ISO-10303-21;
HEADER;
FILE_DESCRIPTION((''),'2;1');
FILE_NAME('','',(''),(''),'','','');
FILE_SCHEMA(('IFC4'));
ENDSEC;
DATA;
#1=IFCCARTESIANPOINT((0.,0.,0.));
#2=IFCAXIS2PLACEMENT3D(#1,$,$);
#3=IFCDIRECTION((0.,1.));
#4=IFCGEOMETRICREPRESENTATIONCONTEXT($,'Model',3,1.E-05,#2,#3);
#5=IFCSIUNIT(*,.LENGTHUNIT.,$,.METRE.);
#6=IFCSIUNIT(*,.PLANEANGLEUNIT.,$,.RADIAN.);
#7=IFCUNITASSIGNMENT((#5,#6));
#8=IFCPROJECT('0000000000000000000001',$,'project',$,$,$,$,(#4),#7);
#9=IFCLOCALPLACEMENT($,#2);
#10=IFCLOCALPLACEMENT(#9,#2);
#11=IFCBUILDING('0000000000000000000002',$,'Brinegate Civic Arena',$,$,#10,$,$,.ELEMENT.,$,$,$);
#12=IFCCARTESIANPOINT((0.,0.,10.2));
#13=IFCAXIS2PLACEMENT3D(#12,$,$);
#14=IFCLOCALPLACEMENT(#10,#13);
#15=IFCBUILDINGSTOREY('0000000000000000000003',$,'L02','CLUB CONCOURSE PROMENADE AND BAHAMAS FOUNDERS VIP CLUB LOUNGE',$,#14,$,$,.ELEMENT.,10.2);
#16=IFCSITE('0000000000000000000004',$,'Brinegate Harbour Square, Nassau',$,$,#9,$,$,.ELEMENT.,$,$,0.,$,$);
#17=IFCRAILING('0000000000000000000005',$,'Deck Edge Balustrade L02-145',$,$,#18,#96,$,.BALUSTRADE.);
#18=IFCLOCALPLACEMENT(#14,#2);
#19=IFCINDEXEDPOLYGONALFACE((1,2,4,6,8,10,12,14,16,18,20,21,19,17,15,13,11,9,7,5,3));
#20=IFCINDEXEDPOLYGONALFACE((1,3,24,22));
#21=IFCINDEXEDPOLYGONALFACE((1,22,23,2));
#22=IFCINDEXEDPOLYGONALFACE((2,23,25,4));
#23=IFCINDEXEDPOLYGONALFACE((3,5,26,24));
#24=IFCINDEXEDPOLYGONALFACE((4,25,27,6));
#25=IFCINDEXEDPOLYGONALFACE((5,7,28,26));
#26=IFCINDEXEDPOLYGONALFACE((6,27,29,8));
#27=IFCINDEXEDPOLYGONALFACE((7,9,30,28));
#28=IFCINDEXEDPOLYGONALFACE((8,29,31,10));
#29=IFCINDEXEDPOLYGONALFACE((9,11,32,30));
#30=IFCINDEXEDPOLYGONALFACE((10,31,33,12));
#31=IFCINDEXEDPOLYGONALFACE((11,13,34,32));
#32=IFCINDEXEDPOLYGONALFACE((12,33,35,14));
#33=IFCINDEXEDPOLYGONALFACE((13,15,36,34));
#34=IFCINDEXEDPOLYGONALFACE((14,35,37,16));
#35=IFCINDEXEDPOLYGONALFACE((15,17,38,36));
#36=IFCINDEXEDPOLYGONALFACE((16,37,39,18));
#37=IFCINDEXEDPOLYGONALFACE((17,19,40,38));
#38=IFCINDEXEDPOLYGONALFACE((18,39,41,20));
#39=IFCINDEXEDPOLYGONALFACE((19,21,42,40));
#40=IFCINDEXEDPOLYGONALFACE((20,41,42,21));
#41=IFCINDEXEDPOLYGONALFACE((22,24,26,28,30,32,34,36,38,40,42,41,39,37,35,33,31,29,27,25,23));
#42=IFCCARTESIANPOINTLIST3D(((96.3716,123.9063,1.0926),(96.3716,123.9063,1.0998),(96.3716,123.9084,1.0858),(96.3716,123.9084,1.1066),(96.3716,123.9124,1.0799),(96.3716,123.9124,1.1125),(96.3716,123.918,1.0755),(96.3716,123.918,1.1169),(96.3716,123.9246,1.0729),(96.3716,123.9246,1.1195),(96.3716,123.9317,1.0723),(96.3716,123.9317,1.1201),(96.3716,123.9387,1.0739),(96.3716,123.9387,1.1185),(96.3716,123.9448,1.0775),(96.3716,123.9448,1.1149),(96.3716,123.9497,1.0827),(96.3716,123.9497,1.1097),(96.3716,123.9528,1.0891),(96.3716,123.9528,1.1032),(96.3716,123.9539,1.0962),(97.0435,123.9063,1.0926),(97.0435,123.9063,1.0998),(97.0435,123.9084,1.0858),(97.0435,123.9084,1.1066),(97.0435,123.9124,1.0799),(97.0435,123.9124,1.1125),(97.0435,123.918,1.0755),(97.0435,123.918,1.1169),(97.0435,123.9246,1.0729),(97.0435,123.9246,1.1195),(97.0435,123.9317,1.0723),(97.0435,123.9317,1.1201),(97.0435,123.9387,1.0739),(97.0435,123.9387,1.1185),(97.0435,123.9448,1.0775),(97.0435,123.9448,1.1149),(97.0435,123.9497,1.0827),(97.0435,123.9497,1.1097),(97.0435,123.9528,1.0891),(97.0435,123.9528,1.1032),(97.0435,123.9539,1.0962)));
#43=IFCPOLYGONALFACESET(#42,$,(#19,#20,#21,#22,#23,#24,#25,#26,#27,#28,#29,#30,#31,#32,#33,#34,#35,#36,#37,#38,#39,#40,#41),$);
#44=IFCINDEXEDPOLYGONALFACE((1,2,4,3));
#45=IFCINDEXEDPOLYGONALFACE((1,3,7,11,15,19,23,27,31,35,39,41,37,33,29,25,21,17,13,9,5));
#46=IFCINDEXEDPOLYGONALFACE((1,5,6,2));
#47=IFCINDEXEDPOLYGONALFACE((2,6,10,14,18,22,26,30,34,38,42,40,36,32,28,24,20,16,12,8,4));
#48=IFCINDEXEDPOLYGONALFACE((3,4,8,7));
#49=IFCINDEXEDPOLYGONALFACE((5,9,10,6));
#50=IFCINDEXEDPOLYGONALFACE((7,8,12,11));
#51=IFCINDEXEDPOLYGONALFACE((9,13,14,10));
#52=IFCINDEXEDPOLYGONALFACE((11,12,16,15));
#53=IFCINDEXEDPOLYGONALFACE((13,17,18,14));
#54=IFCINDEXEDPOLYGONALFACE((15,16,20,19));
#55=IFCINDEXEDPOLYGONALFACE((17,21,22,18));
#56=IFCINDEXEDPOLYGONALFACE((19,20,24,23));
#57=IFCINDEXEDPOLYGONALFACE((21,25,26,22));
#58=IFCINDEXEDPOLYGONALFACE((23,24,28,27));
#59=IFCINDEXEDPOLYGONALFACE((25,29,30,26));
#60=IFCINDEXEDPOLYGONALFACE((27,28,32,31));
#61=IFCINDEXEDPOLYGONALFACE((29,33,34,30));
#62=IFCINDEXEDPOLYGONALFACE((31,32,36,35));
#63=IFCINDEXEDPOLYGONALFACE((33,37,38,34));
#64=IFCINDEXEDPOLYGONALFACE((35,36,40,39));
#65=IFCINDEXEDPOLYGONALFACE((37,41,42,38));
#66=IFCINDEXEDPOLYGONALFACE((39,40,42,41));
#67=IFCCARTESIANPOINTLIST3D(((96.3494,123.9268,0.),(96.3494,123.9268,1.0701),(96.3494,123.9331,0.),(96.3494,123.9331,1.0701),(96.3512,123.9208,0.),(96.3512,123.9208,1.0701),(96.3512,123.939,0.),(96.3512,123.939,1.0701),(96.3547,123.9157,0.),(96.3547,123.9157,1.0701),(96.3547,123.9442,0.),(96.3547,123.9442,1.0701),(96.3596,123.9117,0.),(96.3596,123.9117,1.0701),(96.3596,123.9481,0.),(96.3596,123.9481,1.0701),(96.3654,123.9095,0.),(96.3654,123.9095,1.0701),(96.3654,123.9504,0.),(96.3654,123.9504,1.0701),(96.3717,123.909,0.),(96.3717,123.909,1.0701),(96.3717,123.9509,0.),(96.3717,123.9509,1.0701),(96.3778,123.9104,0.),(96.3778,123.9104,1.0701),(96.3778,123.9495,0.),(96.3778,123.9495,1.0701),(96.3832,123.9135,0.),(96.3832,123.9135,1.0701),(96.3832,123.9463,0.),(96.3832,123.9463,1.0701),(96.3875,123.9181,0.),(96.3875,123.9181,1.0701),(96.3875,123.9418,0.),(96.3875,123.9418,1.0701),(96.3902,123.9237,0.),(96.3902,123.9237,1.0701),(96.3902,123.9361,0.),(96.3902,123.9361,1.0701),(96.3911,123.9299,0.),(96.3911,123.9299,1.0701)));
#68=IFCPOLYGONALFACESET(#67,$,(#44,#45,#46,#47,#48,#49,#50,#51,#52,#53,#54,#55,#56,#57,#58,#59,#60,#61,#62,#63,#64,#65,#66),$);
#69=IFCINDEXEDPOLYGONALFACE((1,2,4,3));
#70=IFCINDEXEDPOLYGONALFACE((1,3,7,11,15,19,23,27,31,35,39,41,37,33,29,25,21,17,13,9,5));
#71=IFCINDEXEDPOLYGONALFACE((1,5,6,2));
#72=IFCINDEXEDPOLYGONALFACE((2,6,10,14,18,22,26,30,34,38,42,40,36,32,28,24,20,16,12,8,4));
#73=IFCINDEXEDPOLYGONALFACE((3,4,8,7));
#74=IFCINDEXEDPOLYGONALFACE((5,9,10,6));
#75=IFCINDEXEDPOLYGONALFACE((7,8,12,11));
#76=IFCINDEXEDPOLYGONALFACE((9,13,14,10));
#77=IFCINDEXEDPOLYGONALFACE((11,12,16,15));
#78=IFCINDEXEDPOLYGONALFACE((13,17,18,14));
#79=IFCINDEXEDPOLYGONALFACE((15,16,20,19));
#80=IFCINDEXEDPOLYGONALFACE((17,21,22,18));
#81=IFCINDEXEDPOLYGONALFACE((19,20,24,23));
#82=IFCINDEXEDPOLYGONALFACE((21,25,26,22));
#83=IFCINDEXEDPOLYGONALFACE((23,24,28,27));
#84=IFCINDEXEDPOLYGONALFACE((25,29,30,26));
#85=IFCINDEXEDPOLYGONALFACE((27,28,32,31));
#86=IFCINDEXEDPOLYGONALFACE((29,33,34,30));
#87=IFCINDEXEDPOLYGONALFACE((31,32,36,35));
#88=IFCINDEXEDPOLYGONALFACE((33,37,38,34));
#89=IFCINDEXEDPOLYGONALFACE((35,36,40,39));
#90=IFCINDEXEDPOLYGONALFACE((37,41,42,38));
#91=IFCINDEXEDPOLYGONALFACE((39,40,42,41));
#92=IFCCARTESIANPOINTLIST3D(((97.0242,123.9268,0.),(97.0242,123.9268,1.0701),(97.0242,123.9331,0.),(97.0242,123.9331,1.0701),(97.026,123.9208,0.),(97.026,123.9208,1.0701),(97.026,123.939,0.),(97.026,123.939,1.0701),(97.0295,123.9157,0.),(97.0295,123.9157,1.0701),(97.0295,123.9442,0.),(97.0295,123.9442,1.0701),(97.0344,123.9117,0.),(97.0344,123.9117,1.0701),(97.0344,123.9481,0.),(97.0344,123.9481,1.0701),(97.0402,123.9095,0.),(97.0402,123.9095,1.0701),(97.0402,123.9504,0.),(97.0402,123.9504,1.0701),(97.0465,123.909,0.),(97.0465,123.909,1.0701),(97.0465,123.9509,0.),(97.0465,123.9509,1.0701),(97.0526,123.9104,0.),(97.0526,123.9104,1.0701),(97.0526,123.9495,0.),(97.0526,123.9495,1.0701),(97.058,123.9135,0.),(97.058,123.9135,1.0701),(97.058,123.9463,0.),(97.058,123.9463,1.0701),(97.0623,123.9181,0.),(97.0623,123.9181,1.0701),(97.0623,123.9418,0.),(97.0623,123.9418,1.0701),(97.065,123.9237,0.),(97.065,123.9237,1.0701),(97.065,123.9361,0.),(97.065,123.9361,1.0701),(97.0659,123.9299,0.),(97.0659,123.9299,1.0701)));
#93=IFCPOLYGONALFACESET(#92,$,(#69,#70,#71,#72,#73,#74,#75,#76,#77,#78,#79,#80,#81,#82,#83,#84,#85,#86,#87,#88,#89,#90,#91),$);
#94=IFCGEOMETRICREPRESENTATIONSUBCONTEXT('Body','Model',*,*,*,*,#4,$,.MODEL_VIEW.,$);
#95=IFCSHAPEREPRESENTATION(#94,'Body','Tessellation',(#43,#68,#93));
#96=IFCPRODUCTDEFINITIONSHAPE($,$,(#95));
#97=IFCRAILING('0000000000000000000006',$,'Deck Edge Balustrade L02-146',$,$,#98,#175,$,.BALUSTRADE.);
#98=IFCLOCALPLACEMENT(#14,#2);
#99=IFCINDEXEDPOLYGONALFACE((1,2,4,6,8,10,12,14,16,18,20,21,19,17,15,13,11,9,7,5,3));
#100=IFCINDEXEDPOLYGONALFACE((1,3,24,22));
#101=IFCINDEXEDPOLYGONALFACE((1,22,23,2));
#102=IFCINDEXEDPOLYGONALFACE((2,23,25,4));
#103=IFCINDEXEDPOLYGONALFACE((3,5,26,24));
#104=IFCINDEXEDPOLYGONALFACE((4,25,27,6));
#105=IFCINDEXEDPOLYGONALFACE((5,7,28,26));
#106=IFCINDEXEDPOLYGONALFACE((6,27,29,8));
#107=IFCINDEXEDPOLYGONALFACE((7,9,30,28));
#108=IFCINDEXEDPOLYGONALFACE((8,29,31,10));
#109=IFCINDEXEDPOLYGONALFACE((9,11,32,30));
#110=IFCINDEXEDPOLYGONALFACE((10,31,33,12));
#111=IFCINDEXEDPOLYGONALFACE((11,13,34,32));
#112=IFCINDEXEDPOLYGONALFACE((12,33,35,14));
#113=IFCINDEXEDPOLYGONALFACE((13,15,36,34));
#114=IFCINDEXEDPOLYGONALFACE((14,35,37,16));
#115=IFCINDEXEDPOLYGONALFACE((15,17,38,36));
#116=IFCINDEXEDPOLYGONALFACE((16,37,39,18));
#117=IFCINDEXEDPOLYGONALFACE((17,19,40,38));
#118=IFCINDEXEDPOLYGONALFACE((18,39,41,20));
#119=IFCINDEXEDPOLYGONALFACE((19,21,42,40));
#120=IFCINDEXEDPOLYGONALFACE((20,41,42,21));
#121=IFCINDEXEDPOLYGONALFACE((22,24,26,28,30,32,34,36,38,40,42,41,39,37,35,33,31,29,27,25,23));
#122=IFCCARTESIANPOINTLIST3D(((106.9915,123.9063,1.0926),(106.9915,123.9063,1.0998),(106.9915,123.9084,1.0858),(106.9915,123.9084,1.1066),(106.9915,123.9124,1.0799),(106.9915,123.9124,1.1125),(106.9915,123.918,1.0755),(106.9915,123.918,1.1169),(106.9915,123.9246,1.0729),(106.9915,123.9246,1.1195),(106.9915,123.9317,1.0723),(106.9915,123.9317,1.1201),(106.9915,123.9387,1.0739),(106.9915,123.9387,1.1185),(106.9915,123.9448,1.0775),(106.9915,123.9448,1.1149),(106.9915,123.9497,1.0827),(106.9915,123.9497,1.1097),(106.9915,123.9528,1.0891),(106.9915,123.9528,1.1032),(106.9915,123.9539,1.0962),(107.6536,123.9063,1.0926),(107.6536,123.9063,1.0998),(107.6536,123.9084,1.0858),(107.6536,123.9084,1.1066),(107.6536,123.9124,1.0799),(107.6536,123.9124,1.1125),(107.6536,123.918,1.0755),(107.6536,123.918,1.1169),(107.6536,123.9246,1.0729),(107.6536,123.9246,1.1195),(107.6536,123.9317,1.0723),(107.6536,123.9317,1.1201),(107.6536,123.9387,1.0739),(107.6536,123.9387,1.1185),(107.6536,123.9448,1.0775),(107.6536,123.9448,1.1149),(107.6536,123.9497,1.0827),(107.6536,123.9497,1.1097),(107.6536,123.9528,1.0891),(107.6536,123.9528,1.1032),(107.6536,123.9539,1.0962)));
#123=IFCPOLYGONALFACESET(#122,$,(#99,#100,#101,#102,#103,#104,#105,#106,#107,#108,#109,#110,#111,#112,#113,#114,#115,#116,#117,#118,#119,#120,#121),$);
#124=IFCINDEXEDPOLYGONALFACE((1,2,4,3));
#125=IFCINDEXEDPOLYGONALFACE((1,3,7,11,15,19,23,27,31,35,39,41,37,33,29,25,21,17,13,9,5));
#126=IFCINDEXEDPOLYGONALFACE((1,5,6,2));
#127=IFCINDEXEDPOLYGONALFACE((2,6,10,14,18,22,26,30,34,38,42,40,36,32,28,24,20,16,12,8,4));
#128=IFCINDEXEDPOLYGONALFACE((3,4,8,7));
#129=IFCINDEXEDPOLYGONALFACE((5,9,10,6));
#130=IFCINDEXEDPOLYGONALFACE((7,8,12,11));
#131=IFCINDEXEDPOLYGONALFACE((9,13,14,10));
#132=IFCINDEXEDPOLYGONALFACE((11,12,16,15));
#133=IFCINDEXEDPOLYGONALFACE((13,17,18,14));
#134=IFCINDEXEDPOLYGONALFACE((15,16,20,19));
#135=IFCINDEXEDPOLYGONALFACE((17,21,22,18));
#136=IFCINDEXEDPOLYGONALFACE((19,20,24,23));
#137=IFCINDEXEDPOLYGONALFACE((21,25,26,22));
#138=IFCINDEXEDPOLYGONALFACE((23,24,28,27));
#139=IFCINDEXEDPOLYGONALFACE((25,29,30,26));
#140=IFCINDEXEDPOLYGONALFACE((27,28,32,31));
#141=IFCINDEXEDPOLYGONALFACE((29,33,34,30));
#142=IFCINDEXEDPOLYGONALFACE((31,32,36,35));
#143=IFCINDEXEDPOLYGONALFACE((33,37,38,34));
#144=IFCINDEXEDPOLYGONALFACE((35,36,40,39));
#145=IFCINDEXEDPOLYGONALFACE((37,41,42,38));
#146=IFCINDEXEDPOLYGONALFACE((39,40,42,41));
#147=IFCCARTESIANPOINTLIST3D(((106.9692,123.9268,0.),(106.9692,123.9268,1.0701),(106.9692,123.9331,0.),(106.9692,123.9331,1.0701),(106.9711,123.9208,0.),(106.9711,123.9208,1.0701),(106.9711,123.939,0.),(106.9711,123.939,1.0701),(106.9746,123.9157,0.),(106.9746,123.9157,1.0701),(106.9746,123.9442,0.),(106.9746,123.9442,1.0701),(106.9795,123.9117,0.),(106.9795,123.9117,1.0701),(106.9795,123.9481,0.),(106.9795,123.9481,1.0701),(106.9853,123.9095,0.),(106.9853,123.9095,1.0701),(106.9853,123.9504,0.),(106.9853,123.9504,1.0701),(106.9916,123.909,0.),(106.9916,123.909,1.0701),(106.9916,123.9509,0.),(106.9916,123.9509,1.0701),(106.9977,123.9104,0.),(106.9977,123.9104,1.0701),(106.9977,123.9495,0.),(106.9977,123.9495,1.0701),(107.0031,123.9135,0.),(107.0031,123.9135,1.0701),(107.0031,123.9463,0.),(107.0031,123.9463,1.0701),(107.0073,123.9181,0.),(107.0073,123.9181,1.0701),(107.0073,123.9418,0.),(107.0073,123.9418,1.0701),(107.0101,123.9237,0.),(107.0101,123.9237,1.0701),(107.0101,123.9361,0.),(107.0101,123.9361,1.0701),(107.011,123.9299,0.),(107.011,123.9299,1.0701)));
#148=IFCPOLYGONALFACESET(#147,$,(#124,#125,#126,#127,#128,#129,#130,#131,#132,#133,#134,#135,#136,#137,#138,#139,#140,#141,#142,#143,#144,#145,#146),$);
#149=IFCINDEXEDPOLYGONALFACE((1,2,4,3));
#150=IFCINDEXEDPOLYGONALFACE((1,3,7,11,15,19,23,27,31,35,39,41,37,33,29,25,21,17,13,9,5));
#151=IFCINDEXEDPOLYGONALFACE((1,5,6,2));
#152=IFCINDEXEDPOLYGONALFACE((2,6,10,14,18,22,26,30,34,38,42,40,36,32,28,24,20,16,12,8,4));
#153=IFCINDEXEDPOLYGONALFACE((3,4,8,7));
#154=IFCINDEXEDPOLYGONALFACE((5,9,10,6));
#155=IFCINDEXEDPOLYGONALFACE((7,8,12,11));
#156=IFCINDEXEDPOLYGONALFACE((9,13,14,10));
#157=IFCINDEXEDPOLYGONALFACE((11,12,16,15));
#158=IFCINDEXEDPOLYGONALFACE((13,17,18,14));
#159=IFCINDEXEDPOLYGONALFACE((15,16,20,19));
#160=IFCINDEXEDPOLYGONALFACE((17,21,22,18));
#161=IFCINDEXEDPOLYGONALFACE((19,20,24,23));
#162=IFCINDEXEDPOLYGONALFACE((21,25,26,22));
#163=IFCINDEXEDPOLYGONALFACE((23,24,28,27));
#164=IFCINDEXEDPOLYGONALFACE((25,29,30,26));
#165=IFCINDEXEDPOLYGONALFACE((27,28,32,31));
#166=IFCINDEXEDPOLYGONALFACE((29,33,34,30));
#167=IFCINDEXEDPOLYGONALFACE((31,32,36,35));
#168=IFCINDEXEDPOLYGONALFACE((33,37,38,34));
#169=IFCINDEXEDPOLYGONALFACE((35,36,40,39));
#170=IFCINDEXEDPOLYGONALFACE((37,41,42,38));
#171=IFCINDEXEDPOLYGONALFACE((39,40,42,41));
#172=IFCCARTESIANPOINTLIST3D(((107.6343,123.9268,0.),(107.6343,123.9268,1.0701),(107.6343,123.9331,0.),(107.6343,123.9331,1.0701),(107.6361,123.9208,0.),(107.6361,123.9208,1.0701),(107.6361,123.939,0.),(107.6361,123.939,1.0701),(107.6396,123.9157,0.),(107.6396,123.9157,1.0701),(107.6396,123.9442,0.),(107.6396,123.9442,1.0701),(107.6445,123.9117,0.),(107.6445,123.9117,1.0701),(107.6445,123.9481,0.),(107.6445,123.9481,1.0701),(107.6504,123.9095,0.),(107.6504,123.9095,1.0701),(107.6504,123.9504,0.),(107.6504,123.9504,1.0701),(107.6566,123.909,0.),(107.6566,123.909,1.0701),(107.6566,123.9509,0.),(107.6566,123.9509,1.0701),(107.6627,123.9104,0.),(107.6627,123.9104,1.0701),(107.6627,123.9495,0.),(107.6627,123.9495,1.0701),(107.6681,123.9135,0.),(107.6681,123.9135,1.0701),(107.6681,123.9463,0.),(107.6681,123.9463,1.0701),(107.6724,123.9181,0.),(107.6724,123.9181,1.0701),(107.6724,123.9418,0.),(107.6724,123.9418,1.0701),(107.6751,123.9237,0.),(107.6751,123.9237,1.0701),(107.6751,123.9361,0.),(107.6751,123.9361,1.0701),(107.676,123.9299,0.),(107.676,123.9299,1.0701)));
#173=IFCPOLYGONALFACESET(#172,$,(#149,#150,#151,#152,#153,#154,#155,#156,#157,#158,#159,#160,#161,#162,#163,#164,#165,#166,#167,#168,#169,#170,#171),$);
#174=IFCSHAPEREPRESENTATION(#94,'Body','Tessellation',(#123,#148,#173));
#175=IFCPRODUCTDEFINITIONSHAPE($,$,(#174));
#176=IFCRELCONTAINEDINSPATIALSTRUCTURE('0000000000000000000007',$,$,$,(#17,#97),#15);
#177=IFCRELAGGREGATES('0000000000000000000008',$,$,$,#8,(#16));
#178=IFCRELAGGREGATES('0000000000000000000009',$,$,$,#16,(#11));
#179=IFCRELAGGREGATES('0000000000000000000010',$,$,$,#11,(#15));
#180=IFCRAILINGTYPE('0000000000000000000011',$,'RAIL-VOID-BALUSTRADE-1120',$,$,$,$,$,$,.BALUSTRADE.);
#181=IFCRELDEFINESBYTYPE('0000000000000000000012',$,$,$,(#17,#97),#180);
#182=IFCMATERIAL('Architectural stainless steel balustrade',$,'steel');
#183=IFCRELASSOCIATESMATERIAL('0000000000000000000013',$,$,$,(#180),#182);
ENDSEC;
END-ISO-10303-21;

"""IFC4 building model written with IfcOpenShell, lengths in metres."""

from ifc_helpers import new_model, si_unit, direction, frame, origin, origin_2d, place, context, subcontext, project, spatial, circle, extrude, material, type_object, element, save


model = new_model("IFC4")

# Units and contexts
model_context = context("Model", 3, precision=1e-05, world=origin(), true_north=direction((0.0, 1.0)))
body_context = subcontext(model_context, "Body", "Model", "MODEL_VIEW")
ifc_project = project(units=[si_unit("LENGTHUNIT", "METRE"), si_unit("PLANEANGLEUNIT", "RADIAN")], contexts=[model_context])

# Site, building, storey
site_placement = place(None, origin())
site = spatial("IfcSite", under=ifc_project, at=site_placement, Name="Brinegate Harbour Square, Nassau", CompositionType="ELEMENT", RefElevation=0.0)
building_placement = place(site_placement, origin())
building = spatial("IfcBuilding", under=site, at=building_placement, Name="Brinegate Civic Arena", CompositionType="ELEMENT")
storey_placement = place(building_placement, frame((0.0, 0.0, 10.2)))
storey = spatial("IfcBuildingStorey", under=building, at=storey_placement, Name="L02", Description="CLUB CONCOURSE PROMENADE AND BAHAMAS FOUNDERS VIP CLUB LOUNGE", CompositionType="ELEMENT", Elevation=10.2)

# Railings
ifc_material_1 = material(Name="Architectural stainless steel balustrade", Category="steel")
railing_type = type_object("IfcRailingType", Name="RAIL-VOID-BALUSTRADE-1120", PredefinedType="BALUSTRADE", material=ifc_material_1)
for number, where, name in (
    (1, (96.3701, 123.9299, 0.0), "Deck Edge Balustrade L02-145"),
):
    element("IfcRailing", number, at=place(storey_placement, frame(where)), inside=storey, type_object=railing_type, Name=name, PredefinedType="BALUSTRADE", context=body_context, shape_type="SweptSolid", body=[
        extrude(circle(Radius=0.0239, at=origin_2d()), frame((0.0015, 0.0, 1.0962), z_axis=(1.0, 0.0, 0.0), x_axis=(0.0, 1.0, 0.0)), (0.0, 0.0, 1.0), 0.6719),
        extrude(circle(Radius=0.021, at=origin_2d()), origin(), (0.0, 0.0, 1.0), 1.0701),
        extrude(circle(Radius=0.021, at=origin_2d()), frame((0.6748, 0.0, 0.0)), (0.0, 0.0, 1.0), 1.0701),
    ])
railing_1_placement = place(storey_placement, frame((106.99, 123.9299, 0.0)))
element("IfcRailing", 2, at=railing_1_placement, inside=storey, type_object=railing_type, Name="Deck Edge Balustrade L02-146", PredefinedType="BALUSTRADE", context=body_context, shape_type="SweptSolid", body=[
    extrude(circle(Radius=0.0239, at=origin_2d()), frame((0.0015, 0.0, 1.0962), z_axis=(1.0, 0.0, 0.0), x_axis=(0.0, 1.0, 0.0)), (0.0, 0.0, 1.0), 0.6621),
    extrude(circle(Radius=0.021, at=origin_2d()), origin(), (0.0, 0.0, 1.0), 1.0701),
    extrude(circle(Radius=0.021, at=origin_2d()), frame((0.665, 0.0, 0.0)), (0.0, 0.0, 1.0), 1.0701),
])

save(model, "model.ifc")
